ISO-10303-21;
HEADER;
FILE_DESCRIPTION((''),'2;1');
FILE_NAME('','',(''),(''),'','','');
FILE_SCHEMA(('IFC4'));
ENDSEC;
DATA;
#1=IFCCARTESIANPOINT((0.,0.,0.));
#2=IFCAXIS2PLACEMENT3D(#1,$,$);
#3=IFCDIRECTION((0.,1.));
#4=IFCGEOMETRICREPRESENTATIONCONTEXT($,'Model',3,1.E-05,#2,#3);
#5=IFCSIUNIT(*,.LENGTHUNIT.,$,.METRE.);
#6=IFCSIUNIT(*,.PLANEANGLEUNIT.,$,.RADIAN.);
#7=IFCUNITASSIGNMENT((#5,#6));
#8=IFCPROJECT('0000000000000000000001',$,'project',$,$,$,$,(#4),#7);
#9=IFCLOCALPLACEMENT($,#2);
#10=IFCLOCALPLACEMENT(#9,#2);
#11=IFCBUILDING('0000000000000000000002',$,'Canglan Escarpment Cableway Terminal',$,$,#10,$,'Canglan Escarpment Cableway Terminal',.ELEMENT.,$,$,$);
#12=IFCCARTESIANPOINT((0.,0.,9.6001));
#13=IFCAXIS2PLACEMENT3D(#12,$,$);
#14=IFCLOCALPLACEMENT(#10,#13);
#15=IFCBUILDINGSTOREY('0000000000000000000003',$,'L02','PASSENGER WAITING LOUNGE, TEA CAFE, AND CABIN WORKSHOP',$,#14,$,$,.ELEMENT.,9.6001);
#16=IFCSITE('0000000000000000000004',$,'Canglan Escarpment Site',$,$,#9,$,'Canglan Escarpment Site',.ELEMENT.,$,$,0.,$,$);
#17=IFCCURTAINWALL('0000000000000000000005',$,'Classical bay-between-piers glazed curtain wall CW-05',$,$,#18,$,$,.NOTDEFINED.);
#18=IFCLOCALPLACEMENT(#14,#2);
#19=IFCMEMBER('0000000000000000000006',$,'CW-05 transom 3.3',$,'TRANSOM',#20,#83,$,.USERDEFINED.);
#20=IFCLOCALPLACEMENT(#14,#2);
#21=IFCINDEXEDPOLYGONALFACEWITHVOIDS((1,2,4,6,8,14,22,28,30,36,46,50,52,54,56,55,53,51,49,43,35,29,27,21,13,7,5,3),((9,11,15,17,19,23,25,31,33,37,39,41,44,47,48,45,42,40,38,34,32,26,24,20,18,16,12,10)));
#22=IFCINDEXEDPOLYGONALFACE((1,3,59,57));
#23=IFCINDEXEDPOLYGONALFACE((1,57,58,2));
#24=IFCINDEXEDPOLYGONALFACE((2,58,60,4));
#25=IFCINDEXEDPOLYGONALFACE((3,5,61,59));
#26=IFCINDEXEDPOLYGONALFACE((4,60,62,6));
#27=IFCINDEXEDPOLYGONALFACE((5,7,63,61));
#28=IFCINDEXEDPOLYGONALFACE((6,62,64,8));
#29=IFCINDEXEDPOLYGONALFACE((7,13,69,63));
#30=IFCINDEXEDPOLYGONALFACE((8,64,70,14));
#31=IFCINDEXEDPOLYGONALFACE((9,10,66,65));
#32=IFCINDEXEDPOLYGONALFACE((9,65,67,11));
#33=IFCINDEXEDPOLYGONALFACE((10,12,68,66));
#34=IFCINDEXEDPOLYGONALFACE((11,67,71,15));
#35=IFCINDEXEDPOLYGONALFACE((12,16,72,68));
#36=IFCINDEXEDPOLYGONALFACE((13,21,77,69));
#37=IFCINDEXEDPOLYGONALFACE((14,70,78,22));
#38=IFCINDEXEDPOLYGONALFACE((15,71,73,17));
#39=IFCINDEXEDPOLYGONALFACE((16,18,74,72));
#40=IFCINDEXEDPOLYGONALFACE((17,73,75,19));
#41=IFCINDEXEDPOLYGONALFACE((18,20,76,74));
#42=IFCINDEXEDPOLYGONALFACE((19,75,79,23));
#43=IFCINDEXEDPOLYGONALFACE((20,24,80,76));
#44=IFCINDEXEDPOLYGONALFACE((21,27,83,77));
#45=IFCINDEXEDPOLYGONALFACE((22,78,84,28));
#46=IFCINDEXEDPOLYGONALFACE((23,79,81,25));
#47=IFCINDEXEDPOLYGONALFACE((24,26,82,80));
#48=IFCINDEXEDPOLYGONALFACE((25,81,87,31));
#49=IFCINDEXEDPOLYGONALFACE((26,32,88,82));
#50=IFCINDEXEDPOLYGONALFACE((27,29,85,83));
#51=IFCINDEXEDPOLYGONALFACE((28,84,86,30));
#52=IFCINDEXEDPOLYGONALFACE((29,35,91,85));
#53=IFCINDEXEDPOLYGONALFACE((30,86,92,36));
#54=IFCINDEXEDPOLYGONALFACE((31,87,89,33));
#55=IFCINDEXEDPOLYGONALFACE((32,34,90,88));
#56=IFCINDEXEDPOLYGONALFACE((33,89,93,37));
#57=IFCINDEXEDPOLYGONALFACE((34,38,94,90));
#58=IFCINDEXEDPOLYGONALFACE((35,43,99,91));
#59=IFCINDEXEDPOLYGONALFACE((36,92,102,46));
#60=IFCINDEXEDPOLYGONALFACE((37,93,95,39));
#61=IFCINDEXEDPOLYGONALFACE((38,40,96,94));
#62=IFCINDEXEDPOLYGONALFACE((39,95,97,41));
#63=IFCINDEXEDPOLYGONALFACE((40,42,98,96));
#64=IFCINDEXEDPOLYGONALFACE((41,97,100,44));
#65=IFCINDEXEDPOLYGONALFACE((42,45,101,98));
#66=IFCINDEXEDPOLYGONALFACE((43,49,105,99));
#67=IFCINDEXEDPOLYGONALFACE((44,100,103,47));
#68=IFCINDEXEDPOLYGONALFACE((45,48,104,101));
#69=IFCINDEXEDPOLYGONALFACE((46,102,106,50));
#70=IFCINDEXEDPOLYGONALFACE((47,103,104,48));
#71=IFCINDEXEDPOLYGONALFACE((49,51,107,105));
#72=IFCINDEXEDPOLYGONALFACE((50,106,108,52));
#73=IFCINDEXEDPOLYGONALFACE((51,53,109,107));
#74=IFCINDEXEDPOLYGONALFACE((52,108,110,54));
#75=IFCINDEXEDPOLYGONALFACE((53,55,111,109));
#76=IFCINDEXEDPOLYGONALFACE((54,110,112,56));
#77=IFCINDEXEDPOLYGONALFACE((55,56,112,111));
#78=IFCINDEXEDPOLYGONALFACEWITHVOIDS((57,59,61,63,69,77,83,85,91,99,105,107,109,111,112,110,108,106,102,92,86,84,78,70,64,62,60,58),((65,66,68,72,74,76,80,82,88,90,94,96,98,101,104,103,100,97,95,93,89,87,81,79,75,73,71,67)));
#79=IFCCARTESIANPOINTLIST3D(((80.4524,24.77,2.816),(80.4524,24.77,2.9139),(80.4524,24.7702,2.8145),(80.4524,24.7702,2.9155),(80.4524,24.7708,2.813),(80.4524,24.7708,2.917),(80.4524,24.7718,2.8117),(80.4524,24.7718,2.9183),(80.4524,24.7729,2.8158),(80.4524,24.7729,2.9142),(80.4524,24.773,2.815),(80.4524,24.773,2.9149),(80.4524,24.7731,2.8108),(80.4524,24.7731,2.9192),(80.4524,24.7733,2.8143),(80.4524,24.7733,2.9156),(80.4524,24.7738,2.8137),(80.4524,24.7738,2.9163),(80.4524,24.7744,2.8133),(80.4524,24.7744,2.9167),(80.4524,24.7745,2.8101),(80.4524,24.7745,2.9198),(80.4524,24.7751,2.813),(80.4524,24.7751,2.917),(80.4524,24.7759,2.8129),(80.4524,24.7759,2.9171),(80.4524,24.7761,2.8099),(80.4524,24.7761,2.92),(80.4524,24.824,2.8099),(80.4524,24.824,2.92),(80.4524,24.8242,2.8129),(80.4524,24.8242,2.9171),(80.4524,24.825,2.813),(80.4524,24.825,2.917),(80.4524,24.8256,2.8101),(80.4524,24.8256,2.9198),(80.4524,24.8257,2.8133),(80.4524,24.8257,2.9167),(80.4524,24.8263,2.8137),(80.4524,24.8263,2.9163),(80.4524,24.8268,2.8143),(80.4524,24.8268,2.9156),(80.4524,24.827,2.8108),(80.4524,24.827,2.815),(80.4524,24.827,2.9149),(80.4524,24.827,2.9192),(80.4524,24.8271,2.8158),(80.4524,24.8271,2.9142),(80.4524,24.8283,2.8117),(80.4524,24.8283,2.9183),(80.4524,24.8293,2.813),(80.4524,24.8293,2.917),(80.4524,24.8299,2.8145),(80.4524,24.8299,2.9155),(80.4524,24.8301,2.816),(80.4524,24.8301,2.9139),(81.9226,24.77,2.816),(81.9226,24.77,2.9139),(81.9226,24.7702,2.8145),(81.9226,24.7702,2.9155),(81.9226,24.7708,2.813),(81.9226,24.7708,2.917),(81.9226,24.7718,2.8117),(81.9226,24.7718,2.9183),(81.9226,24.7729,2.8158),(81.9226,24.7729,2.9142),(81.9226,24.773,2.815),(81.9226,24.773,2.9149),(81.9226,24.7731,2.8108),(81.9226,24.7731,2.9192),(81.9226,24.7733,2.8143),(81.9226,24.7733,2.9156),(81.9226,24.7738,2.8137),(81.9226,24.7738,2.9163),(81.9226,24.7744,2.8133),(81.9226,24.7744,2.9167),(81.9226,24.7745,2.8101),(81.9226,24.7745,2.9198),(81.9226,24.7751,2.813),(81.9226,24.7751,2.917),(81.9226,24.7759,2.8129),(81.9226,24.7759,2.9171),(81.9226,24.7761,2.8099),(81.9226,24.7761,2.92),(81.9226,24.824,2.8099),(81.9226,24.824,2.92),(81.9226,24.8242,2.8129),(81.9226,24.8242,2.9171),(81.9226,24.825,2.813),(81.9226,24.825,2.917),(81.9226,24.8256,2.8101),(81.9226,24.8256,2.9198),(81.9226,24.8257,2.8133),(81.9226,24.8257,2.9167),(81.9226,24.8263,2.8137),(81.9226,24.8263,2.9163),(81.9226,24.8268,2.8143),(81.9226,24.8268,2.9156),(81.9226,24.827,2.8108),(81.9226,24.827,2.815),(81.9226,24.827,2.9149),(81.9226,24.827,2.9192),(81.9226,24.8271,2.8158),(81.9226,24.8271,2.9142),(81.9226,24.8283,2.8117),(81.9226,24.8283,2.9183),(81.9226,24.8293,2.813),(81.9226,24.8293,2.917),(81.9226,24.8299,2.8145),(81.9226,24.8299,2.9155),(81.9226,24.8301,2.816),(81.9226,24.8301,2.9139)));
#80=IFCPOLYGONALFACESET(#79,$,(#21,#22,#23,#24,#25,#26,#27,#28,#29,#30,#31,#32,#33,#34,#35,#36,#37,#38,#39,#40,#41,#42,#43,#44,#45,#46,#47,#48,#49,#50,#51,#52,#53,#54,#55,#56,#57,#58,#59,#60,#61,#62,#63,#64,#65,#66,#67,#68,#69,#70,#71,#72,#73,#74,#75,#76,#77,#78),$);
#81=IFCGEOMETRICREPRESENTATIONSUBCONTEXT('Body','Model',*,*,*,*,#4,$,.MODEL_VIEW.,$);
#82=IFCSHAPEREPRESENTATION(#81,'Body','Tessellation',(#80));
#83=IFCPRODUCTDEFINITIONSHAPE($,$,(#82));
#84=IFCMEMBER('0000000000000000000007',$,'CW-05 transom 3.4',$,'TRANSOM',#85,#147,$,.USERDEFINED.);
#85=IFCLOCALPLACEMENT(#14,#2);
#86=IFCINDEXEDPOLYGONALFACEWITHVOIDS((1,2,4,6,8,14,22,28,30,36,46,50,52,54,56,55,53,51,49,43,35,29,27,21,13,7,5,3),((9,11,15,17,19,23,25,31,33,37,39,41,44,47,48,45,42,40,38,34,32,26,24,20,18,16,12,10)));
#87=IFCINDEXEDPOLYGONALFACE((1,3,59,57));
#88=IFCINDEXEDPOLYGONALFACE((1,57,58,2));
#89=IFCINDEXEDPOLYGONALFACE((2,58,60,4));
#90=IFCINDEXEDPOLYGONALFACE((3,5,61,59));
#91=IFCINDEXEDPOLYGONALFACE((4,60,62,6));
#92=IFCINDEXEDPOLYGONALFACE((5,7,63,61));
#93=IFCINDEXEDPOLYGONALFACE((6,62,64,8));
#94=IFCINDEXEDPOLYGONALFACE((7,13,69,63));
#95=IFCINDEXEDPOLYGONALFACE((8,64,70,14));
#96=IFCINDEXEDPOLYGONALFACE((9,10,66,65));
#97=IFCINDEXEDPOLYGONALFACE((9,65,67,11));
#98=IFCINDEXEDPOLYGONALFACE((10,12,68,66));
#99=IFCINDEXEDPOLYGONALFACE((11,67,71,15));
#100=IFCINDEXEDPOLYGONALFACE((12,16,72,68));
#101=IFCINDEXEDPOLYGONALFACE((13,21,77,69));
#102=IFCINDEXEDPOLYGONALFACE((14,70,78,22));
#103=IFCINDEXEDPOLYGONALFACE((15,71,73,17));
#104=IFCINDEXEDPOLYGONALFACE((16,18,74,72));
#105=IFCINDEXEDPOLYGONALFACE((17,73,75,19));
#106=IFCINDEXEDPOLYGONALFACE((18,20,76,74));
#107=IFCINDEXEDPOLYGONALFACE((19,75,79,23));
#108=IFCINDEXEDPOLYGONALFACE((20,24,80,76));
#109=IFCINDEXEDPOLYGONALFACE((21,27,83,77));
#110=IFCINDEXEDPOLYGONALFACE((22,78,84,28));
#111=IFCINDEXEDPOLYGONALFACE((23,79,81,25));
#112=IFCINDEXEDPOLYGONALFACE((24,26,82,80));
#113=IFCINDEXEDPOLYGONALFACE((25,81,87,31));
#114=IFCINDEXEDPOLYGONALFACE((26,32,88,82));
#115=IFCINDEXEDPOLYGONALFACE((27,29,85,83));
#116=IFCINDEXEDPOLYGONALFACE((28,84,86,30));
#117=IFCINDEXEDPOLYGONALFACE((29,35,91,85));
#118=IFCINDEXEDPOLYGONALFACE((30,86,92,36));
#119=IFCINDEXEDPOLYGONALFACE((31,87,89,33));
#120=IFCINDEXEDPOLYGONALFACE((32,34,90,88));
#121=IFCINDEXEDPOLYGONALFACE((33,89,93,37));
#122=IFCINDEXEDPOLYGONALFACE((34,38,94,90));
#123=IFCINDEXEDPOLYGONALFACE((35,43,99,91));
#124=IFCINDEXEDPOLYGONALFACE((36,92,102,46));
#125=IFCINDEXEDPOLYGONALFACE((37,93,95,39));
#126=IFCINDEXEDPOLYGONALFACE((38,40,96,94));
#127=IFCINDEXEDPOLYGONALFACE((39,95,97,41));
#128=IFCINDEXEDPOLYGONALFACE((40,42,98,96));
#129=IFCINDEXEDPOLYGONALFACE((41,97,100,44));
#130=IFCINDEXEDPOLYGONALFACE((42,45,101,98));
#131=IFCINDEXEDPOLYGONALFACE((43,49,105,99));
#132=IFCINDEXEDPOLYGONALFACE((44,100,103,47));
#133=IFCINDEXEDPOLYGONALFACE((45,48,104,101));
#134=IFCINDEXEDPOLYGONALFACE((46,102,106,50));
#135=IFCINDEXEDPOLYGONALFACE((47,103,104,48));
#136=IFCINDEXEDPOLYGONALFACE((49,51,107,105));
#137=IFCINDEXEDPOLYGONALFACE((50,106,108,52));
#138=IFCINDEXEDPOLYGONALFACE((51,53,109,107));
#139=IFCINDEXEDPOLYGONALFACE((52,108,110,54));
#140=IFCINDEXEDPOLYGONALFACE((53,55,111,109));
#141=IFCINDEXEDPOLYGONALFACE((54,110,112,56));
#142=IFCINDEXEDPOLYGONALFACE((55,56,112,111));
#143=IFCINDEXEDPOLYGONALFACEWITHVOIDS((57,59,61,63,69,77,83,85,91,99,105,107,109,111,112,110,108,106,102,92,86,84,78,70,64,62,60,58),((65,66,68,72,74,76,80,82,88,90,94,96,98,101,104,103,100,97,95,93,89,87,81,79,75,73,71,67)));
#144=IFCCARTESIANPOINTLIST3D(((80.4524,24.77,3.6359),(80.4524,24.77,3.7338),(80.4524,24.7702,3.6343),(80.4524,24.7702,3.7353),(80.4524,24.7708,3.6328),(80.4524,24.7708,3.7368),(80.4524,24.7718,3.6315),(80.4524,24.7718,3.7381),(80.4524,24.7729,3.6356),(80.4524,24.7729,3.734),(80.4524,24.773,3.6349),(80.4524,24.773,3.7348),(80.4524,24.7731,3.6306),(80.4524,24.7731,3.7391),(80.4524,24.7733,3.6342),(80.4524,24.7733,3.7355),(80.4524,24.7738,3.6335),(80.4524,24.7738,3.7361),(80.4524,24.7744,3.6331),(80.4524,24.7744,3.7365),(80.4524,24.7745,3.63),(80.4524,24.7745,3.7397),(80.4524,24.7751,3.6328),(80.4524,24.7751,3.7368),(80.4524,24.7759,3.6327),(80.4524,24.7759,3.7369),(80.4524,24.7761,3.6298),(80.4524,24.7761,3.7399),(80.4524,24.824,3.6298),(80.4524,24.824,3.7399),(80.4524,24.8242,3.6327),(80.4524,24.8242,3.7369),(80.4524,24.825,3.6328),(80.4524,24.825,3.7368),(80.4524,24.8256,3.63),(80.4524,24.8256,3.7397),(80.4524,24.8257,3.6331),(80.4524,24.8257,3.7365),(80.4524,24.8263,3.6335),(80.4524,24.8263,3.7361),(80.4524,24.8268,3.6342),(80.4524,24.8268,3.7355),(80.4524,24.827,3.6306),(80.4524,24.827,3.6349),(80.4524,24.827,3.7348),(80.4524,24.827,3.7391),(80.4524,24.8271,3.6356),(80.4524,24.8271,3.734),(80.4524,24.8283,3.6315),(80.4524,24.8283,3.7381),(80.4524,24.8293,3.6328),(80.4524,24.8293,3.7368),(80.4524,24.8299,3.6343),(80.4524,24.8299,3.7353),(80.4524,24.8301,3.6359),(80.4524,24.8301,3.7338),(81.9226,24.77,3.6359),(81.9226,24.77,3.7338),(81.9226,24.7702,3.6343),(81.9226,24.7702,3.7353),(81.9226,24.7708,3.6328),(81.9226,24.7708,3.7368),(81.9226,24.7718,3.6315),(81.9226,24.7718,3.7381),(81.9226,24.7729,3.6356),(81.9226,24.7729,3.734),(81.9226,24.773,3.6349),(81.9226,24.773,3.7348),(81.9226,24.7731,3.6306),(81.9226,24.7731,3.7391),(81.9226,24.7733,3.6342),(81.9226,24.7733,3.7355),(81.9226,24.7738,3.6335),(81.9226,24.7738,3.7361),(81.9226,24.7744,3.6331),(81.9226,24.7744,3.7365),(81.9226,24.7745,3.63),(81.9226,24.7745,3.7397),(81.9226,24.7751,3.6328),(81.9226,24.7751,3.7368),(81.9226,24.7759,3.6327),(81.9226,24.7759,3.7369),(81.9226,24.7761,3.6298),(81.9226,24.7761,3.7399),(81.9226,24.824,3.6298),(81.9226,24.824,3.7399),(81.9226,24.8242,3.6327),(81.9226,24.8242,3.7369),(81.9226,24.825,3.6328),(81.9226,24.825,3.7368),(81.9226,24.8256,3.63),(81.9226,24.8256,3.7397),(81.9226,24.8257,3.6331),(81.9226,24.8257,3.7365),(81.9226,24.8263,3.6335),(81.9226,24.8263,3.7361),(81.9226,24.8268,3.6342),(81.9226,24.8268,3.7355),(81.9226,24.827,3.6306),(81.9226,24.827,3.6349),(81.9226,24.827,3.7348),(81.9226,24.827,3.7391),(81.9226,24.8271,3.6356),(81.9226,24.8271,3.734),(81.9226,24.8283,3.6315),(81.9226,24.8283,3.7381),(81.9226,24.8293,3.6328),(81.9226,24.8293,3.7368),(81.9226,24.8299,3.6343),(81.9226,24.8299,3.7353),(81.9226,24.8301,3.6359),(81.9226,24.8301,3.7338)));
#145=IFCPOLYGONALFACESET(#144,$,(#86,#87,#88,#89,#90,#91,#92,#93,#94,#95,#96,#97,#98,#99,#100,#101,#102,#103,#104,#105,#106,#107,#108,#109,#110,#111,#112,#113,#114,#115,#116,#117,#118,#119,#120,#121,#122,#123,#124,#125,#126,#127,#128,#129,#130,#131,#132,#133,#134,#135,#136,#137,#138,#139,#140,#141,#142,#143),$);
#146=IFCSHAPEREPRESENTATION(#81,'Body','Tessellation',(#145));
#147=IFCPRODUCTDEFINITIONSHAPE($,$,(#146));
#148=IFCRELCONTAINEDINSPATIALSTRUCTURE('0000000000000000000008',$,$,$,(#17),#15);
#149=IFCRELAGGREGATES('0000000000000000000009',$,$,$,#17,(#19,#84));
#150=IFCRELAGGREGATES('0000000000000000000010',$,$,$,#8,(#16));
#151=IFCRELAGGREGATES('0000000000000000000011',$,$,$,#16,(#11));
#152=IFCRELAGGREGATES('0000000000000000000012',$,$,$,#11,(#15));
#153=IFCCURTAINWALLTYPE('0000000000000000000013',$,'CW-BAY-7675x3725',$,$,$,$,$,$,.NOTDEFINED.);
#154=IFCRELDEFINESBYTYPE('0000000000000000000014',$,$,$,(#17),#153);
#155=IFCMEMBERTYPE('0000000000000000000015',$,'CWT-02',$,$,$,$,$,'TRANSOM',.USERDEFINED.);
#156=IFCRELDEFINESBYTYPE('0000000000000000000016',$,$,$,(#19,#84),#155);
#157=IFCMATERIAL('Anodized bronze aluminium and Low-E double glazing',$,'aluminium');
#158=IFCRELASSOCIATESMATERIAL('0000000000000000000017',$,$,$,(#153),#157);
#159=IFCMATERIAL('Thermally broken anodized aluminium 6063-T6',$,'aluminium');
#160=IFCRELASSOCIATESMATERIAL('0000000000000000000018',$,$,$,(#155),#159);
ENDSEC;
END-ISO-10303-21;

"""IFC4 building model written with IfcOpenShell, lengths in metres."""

from ifc_helpers import new_model, si_unit, direction, frame, origin, origin_2d, place, context, subcontext, project, spatial, hollow_rectangle, extrude, material, material_profile, profile_set, type_object, element, aggregate, save


model = new_model("IFC4")

# Units and contexts
model_context = context("Model", 3, precision=1e-05, world=origin(), true_north=direction((0.0, 1.0)))
body_context = subcontext(model_context, "Body", "Model", "MODEL_VIEW")
ifc_project = project(units=[si_unit("LENGTHUNIT", "METRE"), si_unit("PLANEANGLEUNIT", "RADIAN")], contexts=[model_context])

# Site, building, storey
site_placement = place(None, origin())
site = spatial("IfcSite", under=ifc_project, at=site_placement, Name="Canglan Escarpment Site", LongName="Canglan Escarpment Site", CompositionType="ELEMENT", RefElevation=0.0)
building_placement = place(site_placement, origin())
building = spatial("IfcBuilding", under=site, at=building_placement, Name="Canglan Escarpment Cableway Terminal", LongName="Canglan Escarpment Cableway Terminal", CompositionType="ELEMENT")
storey_placement = place(building_placement, frame((0.0, 0.0, 9.6001)))
storey = spatial("IfcBuildingStorey", under=building, at=storey_placement, Name="L02", Description="PASSENGER WAITING LOUNGE, TEA CAFE, AND CABIN WORKSHOP", CompositionType="ELEMENT", Elevation=9.6001)

# Curtain wall, members
ifc_material_1 = material(Name="Anodized bronze aluminium and Low-E double glazing", Category="aluminium")
curtain_wall_type = type_object("IfcCurtainWallType", Name="CW-BAY-7675x3725", PredefinedType="NOTDEFINED", material=ifc_material_1)
curtain_wall_placement = place(storey_placement, origin())
curtain_wall = element("IfcCurtainWall", 1, at=curtain_wall_placement, inside=storey, type_object=curtain_wall_type, Name="Classical bay-between-piers glazed curtain wall CW-05", PredefinedType="NOTDEFINED")
ifc_material_2 = material(Name="Thermally broken anodized aluminium 6063-T6", Category="aluminium")
ifc_material_profile_1 = material_profile(ifc_material_2, hollow_rectangle(XDim=0.0601, YDim=0.1101, WallThickness=0.0029, InnerFilletRadius=0.0029, OuterFilletRadius=0.0061, at=origin_2d()), Name="ALU-TRAN 60x110x3")
ifc_profile_set_1 = profile_set([ifc_material_profile_1], Name="Thermally broken anodized aluminium 6063-T6")
member_type_1 = type_object("IfcMemberType", Name="CWT-02", ElementType="TRANSOM", PredefinedType="USERDEFINED", material=ifc_profile_set_1)
member_1_placement = place(storey_placement, frame((81.9226, 24.8, 2.865), z_axis=(-1.0, 0.0, 0.0), x_axis=(0.0, -1.0, 0.0)))
member_1 = element("IfcMember", 2, at=member_1_placement, type_object=member_type_1, Name="CW-05 transom 3.3", ObjectType="TRANSOM", PredefinedType="USERDEFINED", context=body_context, shape_type="SweptSolid", body=[
    extrude(hollow_rectangle(XDim=0.0601, YDim=0.1101, WallThickness=0.0029, InnerFilletRadius=0.0029, OuterFilletRadius=0.0061, at=origin_2d()), origin(), (0.0, 0.0, 1.0), 1.4702),
])
member_2_placement = place(storey_placement, frame((81.9226, 24.8, 3.6848), z_axis=(-1.0, 0.0, 0.0), x_axis=(0.0, -1.0, 0.0)))
member_2 = element("IfcMember", 3, at=member_2_placement, type_object=member_type_1, Name="CW-05 transom 3.4", ObjectType="TRANSOM", PredefinedType="USERDEFINED", context=body_context, shape_type="SweptSolid", body=[
    extrude(hollow_rectangle(XDim=0.0601, YDim=0.1101, WallThickness=0.0029, InnerFilletRadius=0.0029, OuterFilletRadius=0.0061, at=origin_2d()), origin(), (0.0, 0.0, 1.0), 1.4702),
])

aggregate(curtain_wall, [member_1, member_2])

save(model, "model.ifc")
